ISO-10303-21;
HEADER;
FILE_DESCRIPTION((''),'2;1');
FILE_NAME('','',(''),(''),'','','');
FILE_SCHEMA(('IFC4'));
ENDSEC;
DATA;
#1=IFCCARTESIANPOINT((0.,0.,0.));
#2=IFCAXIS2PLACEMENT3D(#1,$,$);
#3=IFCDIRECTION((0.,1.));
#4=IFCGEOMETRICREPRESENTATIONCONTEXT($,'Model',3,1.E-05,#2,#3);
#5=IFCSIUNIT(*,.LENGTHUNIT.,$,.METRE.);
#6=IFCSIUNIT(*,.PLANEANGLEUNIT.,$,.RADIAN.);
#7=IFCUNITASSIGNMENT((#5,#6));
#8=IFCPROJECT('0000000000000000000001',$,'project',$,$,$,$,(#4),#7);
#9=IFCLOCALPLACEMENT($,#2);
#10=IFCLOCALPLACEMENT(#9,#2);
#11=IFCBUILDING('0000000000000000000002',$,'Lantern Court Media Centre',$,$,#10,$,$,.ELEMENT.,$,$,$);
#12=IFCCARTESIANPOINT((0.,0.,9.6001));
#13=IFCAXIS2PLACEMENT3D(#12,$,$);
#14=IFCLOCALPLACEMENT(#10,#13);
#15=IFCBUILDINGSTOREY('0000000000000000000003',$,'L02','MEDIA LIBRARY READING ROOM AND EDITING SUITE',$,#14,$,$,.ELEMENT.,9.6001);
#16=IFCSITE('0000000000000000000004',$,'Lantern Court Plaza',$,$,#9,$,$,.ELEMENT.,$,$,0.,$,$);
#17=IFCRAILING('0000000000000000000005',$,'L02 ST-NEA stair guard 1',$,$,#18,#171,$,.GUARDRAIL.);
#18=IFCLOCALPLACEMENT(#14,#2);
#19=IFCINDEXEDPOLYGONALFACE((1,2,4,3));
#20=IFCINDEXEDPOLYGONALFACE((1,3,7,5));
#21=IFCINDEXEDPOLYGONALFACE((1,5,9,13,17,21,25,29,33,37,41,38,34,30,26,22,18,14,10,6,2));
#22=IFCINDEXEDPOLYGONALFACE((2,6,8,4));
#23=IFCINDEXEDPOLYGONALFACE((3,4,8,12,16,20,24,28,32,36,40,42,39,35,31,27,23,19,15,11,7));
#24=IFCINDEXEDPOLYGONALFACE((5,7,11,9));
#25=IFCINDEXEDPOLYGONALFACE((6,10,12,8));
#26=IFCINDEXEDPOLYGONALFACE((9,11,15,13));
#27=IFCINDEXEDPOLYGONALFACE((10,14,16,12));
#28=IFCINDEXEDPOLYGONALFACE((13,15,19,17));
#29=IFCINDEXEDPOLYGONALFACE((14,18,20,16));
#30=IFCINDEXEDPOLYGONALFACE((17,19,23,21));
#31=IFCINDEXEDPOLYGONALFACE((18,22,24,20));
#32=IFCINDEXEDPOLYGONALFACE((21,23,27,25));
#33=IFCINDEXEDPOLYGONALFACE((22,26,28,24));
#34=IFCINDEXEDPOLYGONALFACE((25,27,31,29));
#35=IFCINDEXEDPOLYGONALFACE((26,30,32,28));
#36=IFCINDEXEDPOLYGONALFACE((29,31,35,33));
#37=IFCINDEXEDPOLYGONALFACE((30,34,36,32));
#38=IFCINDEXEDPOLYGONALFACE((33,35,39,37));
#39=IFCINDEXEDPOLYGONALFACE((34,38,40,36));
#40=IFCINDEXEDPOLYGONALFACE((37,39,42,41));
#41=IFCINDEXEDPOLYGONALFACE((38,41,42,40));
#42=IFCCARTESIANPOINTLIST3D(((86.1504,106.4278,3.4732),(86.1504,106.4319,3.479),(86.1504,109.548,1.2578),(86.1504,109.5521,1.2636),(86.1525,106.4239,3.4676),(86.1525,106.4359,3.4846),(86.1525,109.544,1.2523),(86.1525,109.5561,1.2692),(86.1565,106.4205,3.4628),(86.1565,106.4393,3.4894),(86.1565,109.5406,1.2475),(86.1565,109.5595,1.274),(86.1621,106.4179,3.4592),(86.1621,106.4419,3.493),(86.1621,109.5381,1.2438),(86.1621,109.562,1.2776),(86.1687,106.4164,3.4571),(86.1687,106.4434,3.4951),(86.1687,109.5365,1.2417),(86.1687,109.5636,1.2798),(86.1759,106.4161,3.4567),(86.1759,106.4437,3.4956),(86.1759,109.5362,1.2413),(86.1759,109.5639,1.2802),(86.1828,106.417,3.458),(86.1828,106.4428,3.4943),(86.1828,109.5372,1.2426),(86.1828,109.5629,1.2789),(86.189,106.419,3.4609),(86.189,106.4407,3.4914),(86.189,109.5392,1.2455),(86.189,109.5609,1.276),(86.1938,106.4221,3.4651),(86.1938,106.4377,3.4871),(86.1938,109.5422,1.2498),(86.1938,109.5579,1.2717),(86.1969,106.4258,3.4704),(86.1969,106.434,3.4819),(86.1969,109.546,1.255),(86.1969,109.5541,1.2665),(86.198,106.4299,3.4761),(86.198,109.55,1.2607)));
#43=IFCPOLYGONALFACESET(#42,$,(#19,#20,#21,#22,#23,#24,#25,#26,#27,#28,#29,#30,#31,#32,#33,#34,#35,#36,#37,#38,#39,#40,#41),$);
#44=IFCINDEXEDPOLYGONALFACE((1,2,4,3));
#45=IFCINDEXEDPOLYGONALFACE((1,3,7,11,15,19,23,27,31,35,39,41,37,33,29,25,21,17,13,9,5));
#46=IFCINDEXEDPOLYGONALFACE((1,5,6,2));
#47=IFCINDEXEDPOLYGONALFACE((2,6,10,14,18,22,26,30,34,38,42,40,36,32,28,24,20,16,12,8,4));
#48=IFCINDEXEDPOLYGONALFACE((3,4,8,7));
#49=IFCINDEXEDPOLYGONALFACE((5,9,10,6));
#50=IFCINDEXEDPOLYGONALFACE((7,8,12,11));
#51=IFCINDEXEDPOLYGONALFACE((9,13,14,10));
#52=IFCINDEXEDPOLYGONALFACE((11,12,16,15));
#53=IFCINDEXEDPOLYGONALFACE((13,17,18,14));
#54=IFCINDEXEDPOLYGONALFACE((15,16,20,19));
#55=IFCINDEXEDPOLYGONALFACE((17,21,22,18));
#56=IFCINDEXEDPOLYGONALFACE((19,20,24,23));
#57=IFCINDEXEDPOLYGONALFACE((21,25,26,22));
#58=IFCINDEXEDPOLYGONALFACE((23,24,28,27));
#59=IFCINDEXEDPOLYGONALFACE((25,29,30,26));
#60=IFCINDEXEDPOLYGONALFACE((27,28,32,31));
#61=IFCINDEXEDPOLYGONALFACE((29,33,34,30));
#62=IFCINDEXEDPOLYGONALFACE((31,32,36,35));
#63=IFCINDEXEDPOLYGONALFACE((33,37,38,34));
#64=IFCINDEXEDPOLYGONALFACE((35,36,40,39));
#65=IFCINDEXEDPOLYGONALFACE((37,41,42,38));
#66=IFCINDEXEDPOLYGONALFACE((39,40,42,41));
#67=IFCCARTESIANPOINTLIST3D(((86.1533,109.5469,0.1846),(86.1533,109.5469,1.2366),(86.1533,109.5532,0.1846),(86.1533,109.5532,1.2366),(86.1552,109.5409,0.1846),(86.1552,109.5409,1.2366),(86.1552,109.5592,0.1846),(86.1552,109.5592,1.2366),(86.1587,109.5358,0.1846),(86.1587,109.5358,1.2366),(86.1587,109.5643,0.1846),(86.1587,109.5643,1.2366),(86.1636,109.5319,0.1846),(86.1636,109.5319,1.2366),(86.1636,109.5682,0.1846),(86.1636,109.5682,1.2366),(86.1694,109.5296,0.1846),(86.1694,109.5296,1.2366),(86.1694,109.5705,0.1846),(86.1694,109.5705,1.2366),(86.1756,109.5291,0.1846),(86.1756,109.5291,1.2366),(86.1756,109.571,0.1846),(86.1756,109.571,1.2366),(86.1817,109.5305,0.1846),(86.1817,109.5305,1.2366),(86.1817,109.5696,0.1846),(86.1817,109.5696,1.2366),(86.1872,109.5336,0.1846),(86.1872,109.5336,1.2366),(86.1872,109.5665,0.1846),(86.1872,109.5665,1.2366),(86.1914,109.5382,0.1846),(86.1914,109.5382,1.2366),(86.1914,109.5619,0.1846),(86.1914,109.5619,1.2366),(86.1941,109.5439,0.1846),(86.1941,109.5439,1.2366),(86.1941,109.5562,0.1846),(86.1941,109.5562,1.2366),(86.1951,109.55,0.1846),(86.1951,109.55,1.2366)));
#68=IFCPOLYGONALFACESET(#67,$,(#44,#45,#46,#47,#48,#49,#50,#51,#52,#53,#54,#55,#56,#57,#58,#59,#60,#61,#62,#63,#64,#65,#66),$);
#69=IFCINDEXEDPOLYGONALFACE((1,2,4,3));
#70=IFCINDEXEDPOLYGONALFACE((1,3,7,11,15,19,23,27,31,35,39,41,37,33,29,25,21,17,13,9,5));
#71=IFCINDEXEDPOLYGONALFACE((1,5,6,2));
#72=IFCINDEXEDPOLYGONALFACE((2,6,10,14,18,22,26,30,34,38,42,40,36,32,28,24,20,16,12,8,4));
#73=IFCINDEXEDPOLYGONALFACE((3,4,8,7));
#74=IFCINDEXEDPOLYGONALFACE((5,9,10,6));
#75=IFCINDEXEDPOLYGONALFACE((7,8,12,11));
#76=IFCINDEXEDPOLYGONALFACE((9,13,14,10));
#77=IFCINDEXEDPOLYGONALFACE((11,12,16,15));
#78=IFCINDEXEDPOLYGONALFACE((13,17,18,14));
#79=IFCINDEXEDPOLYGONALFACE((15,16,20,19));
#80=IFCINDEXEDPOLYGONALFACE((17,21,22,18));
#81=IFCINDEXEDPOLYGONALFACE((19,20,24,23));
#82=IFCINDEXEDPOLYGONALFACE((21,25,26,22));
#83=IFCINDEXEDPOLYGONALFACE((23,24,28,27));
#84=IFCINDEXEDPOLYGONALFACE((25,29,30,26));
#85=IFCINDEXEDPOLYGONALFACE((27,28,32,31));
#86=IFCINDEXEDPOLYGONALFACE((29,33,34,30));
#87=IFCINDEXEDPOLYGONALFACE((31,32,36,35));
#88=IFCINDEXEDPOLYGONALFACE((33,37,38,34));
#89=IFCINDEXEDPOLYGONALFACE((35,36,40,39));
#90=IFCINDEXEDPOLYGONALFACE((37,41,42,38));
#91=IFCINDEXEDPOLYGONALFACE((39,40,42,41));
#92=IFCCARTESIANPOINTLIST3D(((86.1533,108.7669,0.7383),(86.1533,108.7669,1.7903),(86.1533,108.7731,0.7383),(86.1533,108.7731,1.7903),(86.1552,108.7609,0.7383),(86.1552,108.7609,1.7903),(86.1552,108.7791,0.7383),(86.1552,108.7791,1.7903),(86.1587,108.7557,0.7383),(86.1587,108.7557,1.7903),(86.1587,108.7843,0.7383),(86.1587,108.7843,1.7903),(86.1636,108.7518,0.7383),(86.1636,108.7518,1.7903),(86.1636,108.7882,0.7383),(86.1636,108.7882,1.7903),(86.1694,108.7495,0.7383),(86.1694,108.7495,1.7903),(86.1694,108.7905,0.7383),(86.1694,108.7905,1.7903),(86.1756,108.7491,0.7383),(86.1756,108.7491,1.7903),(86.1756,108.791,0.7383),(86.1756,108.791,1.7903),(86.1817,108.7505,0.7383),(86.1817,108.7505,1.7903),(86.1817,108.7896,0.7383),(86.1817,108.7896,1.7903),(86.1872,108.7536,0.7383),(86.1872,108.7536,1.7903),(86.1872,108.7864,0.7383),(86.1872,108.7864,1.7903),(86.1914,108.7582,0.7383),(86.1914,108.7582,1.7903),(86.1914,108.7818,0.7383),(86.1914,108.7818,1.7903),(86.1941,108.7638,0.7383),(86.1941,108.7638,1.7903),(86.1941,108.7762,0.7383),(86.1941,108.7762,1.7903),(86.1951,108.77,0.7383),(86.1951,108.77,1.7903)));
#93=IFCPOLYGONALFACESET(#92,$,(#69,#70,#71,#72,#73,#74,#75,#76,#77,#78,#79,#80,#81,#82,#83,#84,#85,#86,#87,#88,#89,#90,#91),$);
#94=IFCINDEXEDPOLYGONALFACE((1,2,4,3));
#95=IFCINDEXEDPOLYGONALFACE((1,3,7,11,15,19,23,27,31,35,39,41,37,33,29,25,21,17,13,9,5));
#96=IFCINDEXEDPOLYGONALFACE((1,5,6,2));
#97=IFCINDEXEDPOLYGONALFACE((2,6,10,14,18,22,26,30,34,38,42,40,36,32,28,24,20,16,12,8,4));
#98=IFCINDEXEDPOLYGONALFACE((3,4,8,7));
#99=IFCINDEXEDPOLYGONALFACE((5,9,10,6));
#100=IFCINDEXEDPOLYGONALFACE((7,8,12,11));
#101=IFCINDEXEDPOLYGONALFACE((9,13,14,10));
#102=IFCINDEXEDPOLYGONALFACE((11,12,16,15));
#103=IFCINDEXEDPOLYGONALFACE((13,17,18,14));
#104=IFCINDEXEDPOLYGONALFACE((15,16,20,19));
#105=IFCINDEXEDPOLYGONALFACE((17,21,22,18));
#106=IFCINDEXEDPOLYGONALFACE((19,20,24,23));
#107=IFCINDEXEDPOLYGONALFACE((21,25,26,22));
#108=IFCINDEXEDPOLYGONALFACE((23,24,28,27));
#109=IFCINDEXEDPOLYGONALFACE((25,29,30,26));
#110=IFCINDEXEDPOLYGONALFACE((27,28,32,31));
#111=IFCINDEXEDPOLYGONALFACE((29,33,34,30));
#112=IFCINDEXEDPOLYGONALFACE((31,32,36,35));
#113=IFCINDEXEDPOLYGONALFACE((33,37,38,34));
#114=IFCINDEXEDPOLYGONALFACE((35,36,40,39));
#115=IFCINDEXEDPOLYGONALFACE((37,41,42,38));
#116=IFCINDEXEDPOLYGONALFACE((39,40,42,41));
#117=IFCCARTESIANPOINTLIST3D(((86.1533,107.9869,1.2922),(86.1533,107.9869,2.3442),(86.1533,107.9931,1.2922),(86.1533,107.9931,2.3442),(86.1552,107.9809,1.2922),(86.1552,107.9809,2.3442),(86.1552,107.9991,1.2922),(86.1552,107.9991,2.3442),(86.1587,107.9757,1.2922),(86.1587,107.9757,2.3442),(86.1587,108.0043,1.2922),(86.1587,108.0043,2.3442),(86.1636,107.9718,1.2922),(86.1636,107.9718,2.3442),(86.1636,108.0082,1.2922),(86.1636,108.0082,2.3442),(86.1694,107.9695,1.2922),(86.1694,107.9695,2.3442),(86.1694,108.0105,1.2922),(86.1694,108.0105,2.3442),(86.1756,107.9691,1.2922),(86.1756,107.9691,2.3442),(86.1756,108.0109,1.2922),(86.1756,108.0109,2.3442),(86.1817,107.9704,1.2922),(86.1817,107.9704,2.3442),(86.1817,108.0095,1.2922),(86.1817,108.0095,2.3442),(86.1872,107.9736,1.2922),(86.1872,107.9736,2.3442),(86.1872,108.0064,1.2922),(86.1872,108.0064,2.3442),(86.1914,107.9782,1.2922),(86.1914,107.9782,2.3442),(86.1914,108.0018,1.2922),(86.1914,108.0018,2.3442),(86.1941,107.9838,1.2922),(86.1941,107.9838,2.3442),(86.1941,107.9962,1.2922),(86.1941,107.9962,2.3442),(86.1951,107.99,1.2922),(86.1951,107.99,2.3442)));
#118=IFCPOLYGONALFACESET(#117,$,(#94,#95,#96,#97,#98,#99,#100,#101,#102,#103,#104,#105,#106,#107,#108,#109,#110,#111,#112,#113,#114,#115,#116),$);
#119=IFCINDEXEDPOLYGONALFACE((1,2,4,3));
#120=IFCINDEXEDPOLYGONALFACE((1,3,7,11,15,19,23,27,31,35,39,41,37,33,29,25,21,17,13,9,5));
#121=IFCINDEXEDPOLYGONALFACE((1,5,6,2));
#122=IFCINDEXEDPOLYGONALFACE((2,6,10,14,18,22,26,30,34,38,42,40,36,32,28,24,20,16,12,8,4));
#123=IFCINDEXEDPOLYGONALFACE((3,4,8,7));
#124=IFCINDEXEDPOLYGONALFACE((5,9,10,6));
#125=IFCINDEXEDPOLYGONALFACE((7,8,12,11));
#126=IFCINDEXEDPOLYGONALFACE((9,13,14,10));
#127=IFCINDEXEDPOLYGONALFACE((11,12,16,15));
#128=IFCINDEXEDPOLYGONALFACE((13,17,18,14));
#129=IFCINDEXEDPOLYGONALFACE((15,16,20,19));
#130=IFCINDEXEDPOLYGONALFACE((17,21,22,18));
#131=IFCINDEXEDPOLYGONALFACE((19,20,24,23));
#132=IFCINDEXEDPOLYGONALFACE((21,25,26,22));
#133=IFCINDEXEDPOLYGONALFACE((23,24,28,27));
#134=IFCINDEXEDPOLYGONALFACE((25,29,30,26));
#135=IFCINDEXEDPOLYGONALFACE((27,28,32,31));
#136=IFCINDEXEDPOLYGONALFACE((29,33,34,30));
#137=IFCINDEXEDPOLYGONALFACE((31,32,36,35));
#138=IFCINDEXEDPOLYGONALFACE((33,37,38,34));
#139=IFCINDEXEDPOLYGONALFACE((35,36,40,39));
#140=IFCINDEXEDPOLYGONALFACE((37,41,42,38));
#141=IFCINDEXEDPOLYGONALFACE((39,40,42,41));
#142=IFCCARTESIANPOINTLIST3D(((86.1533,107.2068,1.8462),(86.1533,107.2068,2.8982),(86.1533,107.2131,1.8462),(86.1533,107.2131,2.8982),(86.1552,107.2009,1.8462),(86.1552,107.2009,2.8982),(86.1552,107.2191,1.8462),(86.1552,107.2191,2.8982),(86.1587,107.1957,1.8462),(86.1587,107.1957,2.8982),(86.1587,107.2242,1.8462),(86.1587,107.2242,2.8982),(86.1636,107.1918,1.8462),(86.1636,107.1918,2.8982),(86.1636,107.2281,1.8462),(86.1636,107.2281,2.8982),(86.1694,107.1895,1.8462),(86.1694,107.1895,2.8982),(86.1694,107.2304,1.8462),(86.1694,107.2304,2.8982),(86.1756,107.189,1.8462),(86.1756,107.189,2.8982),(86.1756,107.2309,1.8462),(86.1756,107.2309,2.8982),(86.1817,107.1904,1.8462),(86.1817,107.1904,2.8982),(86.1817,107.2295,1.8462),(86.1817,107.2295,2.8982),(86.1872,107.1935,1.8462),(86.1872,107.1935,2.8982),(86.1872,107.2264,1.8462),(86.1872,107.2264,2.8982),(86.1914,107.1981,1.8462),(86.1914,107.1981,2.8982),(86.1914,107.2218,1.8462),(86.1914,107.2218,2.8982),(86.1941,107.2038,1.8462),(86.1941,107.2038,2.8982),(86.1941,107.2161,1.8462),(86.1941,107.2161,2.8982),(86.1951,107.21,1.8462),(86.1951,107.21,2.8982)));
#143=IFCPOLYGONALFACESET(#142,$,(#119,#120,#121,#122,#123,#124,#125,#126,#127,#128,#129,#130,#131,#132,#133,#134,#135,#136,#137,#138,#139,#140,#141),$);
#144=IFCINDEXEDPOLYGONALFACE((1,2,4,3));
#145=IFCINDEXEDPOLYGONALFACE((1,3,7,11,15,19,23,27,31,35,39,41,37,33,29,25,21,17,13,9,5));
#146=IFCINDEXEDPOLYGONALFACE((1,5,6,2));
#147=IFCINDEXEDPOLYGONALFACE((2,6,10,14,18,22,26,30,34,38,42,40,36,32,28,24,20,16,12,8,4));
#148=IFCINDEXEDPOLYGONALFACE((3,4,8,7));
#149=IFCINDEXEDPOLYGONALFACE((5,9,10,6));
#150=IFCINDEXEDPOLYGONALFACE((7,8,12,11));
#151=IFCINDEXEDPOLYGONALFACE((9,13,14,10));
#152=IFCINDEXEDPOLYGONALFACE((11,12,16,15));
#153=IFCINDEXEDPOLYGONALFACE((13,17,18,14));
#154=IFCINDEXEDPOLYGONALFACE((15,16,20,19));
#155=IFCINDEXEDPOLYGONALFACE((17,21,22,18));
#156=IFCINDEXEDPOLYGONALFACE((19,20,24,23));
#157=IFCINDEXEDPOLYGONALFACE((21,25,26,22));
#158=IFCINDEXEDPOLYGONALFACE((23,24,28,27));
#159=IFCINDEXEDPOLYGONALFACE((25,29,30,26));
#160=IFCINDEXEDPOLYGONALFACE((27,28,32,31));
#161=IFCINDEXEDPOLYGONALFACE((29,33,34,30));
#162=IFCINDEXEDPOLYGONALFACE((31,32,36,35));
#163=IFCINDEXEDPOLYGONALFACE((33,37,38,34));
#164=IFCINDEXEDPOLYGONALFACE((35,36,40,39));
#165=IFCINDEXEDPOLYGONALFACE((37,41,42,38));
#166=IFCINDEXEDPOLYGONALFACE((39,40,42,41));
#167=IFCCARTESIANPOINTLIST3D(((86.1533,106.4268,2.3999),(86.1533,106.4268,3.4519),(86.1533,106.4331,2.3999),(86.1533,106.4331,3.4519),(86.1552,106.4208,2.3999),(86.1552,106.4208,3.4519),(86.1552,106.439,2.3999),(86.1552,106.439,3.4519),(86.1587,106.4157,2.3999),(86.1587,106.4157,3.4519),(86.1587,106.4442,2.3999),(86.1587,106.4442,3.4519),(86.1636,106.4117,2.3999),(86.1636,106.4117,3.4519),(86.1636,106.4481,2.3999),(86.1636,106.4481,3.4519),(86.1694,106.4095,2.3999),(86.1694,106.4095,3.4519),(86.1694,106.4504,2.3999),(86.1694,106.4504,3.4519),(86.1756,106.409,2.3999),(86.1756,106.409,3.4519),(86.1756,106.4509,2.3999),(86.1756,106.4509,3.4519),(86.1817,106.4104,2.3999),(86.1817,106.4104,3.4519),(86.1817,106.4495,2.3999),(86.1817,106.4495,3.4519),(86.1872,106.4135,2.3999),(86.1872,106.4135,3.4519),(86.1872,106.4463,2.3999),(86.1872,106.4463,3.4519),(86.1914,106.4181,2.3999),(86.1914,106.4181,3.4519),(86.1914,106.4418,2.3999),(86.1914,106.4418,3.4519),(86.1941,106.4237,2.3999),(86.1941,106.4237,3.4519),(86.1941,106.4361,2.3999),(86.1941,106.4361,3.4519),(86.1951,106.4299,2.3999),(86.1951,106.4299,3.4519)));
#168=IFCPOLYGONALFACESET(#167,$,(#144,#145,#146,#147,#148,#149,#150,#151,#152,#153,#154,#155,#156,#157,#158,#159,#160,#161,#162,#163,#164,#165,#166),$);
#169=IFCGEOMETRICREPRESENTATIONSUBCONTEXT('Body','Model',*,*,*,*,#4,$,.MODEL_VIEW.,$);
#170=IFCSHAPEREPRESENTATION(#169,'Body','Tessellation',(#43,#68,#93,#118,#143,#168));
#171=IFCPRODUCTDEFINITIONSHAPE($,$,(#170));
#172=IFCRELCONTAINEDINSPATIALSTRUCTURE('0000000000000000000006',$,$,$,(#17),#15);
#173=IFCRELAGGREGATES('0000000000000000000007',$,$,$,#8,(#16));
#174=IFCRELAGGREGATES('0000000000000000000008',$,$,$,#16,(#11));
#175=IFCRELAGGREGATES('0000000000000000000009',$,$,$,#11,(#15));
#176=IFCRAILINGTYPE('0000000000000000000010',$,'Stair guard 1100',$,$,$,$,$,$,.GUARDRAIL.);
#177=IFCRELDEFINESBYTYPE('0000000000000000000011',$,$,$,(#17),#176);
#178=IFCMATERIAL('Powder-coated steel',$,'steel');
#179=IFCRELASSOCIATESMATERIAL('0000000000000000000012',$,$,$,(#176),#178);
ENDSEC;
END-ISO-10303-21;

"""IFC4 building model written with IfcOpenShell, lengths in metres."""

from ifc_helpers import new_model, si_unit, direction, frame, origin, origin_2d, place, context, subcontext, project, spatial, circle, extrude, material, type_object, element, save


model = new_model("IFC4")

# Units and contexts
model_context = context("Model", 3, precision=1e-05, world=origin(), true_north=direction((0.0, 1.0)))
body_context = subcontext(model_context, "Body", "Model", "MODEL_VIEW")
ifc_project = project(units=[si_unit("LENGTHUNIT", "METRE"), si_unit("PLANEANGLEUNIT", "RADIAN")], contexts=[model_context])

# Site, building, storey
site_placement = place(None, origin())
site = spatial("IfcSite", under=ifc_project, at=site_placement, Name="Lantern Court Plaza", CompositionType="ELEMENT", RefElevation=0.0)
building_placement = place(site_placement, origin())
building = spatial("IfcBuilding", under=site, at=building_placement, Name="Lantern Court Media Centre", CompositionType="ELEMENT")
storey_placement = place(building_placement, frame((0.0, 0.0, 9.6001)))
storey = spatial("IfcBuildingStorey", under=building, at=storey_placement, Name="L02", Description="MEDIA LIBRARY READING ROOM AND EDITING SUITE", CompositionType="ELEMENT", Elevation=9.6001)

# Shared definitions
ifc_material_1 = material(Name="Powder-coated steel", Category="steel")

# Railing
railing_type_1 = type_object("IfcRailingType", Name="Stair guard 1100", PredefinedType="GUARDRAIL", material=ifc_material_1)
railing_1_placement = place(storey_placement, frame((86.1741, 109.55, 0.1846)))
element("IfcRailing", 1, at=railing_1_placement, inside=storey, type_object=railing_type_1, Name="L02 ST-NEA stair guard 1", PredefinedType="GUARDRAIL", context=body_context, shape_type="SweptSolid", body=[
    extrude(circle(Radius=0.0239, at=origin_2d()), frame((0.0, 0.0, 1.0762), z_axis=(0.0, -0.815377, 0.57893), x_axis=(1.0, 0.0, 0.0)), (0.0, 0.0, 1.0), 3.8267),
    extrude(circle(Radius=0.021, at=origin_2d()), origin(), (0.0, 0.0, 1.0), 1.052),
    extrude(circle(Radius=0.021, at=origin_2d()), frame((0.0, -0.78, 0.5537)), (0.0, 0.0, 1.0), 1.052),
    extrude(circle(Radius=0.021, at=origin_2d()), frame((0.0, -1.5601, 1.1077)), (0.0, 0.0, 1.0), 1.052),
    extrude(circle(Radius=0.021, at=origin_2d()), frame((0.0, -2.3401, 1.6616)), (0.0, 0.0, 1.0), 1.052),
    extrude(circle(Radius=0.021, at=origin_2d()), frame((0.0, -3.1201, 2.2153)), (0.0, 0.0, 1.0), 1.052),
])

save(model, "model.ifc")
